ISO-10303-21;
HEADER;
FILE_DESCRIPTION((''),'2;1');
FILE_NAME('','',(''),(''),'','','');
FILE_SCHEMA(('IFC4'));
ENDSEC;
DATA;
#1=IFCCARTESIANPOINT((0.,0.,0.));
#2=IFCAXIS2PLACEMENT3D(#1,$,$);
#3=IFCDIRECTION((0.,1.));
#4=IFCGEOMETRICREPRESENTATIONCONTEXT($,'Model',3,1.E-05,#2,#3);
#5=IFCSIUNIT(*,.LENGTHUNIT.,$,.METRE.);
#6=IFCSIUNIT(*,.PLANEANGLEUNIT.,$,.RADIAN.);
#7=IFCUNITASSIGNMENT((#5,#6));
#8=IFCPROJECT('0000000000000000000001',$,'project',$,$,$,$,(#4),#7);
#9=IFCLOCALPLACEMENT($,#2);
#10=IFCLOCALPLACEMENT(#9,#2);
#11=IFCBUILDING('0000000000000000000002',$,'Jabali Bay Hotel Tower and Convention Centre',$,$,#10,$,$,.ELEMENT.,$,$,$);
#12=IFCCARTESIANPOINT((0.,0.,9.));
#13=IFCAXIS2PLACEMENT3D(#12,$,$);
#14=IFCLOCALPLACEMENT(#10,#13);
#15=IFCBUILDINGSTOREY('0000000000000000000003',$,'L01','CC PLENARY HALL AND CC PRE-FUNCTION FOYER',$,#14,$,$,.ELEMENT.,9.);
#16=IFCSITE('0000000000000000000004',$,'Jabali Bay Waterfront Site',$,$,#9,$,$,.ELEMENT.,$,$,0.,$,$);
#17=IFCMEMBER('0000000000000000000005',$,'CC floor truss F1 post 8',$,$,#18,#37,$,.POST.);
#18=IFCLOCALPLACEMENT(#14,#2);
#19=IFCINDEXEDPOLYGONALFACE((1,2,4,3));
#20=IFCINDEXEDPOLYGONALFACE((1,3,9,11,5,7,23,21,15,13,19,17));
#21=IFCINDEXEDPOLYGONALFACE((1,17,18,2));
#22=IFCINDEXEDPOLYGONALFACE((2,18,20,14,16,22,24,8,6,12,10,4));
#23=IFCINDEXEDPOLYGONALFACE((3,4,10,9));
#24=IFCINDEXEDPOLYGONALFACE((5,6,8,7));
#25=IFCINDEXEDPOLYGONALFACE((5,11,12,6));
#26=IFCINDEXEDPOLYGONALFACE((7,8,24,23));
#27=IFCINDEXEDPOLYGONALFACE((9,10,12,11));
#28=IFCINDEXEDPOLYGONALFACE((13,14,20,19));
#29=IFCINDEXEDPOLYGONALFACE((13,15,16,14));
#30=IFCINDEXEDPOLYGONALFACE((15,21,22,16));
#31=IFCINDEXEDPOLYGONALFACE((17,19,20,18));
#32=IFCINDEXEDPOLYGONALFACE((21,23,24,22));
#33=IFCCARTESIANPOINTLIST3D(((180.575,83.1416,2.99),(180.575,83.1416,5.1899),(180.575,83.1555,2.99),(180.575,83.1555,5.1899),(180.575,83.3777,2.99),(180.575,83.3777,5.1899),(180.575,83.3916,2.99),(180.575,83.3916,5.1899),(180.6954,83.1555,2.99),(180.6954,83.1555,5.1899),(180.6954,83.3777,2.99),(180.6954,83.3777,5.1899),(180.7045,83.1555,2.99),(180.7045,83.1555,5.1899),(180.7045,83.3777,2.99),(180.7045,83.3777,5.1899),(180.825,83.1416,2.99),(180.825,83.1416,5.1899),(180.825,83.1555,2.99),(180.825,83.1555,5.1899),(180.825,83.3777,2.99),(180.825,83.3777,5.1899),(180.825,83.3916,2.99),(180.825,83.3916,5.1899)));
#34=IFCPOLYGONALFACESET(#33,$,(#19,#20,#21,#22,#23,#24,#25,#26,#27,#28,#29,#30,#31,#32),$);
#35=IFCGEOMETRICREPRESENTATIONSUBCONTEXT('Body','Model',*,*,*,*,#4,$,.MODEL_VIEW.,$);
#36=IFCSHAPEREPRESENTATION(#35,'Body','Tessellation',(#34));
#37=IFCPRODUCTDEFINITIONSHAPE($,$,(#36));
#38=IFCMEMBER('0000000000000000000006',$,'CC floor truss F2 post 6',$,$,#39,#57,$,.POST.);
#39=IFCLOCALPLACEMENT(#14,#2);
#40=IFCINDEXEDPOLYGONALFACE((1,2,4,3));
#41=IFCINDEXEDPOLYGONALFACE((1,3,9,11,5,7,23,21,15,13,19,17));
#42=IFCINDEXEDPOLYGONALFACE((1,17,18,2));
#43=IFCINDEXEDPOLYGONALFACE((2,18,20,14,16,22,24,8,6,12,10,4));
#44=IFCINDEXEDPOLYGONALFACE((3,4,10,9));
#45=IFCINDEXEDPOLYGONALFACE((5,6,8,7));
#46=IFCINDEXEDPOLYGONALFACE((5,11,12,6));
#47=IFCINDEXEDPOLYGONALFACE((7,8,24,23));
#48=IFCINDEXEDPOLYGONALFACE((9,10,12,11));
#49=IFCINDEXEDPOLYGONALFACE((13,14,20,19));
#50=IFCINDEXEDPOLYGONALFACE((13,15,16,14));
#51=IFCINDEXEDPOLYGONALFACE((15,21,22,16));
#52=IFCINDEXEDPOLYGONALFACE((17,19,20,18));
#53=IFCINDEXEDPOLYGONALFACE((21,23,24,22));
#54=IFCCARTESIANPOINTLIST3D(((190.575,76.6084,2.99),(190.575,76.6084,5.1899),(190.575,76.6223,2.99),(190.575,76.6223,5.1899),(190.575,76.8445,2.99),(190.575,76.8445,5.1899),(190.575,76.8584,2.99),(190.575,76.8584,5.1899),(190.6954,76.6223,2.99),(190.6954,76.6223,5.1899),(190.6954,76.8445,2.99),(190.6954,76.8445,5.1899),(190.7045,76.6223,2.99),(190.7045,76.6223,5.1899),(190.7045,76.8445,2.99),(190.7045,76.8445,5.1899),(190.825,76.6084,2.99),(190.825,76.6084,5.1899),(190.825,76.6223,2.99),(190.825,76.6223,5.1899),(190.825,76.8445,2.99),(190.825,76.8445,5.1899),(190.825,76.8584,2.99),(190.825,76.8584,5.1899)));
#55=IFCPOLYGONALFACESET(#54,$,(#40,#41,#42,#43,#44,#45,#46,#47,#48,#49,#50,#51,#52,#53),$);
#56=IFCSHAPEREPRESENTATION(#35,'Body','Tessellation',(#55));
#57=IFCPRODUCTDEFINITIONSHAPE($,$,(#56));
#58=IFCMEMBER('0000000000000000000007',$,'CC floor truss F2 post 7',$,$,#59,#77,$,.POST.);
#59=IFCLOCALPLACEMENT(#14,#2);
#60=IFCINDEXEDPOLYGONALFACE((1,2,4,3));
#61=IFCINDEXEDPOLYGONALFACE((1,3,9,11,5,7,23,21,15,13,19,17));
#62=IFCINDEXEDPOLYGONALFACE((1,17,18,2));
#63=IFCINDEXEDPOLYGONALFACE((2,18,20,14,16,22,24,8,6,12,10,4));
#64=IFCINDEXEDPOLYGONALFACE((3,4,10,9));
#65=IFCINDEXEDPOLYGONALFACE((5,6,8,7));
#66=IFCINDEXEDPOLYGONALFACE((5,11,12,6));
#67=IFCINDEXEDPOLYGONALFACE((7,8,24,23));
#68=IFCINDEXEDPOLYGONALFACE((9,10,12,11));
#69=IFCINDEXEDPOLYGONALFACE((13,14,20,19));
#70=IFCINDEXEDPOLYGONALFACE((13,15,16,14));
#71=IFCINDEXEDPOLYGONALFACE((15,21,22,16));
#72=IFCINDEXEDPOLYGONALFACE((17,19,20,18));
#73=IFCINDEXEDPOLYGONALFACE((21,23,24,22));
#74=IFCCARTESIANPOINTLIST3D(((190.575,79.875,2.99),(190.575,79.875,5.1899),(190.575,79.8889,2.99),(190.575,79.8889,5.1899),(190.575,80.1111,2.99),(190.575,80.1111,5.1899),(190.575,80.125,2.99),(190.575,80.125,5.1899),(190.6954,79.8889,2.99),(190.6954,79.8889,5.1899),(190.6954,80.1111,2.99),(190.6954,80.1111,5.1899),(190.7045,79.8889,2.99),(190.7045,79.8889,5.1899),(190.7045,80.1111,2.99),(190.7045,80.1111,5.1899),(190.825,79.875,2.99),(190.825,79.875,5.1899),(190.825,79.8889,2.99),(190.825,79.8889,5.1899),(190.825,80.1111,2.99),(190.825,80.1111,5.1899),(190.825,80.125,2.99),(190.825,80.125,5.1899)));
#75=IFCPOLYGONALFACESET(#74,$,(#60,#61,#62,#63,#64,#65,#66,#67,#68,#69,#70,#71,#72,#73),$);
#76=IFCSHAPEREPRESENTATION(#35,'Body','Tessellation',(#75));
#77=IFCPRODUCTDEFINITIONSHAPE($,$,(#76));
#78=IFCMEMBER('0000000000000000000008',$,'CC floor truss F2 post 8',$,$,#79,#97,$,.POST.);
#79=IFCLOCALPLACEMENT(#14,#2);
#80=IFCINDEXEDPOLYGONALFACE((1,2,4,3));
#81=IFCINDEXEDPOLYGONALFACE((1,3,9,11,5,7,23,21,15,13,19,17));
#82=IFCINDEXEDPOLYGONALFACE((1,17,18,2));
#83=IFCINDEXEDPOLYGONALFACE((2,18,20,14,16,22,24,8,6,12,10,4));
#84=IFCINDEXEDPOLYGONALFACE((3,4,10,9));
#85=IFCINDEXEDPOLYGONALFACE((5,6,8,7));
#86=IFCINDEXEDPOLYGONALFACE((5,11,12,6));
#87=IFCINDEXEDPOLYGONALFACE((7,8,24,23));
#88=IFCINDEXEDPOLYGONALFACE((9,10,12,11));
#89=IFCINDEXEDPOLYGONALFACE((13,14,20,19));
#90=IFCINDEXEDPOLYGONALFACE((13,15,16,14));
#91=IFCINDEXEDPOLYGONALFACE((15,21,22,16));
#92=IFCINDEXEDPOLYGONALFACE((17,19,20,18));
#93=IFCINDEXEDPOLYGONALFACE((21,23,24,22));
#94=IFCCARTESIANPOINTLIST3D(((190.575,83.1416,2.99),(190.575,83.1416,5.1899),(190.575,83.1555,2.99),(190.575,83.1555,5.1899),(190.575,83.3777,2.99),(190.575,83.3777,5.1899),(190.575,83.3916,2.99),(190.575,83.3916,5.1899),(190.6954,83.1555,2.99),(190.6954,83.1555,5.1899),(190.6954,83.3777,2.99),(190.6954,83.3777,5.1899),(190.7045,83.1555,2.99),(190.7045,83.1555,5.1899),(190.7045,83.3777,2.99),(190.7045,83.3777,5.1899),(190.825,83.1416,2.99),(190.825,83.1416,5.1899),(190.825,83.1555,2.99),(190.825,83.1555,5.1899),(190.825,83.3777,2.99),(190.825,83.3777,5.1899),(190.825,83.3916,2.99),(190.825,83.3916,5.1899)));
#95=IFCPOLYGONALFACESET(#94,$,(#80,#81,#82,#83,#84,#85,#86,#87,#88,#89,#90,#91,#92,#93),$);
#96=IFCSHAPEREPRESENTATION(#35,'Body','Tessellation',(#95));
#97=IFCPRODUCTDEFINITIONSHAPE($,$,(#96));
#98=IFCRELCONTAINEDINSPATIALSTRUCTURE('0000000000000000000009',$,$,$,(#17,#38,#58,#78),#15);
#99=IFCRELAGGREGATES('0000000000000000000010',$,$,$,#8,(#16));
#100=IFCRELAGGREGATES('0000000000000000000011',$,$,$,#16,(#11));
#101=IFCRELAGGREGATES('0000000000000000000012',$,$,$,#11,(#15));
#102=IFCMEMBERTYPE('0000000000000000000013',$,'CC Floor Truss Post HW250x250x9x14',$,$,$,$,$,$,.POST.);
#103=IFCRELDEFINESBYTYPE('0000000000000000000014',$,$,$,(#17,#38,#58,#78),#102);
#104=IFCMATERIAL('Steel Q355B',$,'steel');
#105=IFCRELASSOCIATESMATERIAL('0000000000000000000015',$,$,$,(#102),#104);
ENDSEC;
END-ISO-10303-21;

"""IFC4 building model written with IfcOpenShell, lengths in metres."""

from ifc_helpers import new_model, si_unit, direction, frame, origin, origin_2d, place, context, subcontext, project, spatial, i_section, extrude, material, material_profile, profile_set, type_object, element, save


model = new_model("IFC4")

# Units and contexts
model_context = context("Model", 3, precision=1e-05, world=origin(), true_north=direction((0.0, 1.0)))
body_context = subcontext(model_context, "Body", "Model", "MODEL_VIEW")
ifc_project = project(units=[si_unit("LENGTHUNIT", "METRE"), si_unit("PLANEANGLEUNIT", "RADIAN")], contexts=[model_context])

# Site, building, storey
site_placement = place(None, origin())
site = spatial("IfcSite", under=ifc_project, at=site_placement, Name="Jabali Bay Waterfront Site", CompositionType="ELEMENT", RefElevation=0.0)
building_placement = place(site_placement, origin())
building = spatial("IfcBuilding", under=site, at=building_placement, Name="Jabali Bay Hotel Tower and Convention Centre", CompositionType="ELEMENT")
storey_placement = place(building_placement, frame((0.0, 0.0, 9.0)))
storey = spatial("IfcBuildingStorey", under=building, at=storey_placement, Name="L01", Description="CC PLENARY HALL AND CC PRE-FUNCTION FOYER", CompositionType="ELEMENT", Elevation=9.0)

# Members
ifc_material = material(Name="Steel Q355B", Category="steel")
ifc_material_profile_1 = material_profile(ifc_material, i_section(OverallWidth=0.25, OverallDepth=0.25, WebThickness=0.009, FlangeThickness=0.0139, at=origin_2d()), Name="HW250x250x9x14")
ifc_profile_set_1 = profile_set([ifc_material_profile_1], Name="Steel Q355B")
member_type_1 = type_object("IfcMemberType", Name="CC Floor Truss Post HW250x250x9x14", PredefinedType="POST", material=ifc_profile_set_1)
for number, where, z_axis, x_axis, name in (
    (1, (180.7, 83.2666, 2.99), (0.0, 0.0, 1.0), (1.0, 0.0, 0.0), "CC floor truss F1 post 8"),
    (2, (190.7, 76.7334, 2.99), (0.0, 0.0, 1.0), (1.0, 0.0, 0.0), "CC floor truss F2 post 6"),
    (3, (190.7, 80.0, 2.99), (0.0, 0.0, 1.0), (1.0, 0.0, 0.0), "CC floor truss F2 post 7"),
    (4, (190.7, 83.2666, 2.99), (0.0, 0.0, 1.0), (1.0, 0.0, 0.0), "CC floor truss F2 post 8"),
):
    element("IfcMember", number, at=place(storey_placement, frame(where, z_axis=z_axis, x_axis=x_axis)), inside=storey, type_object=member_type_1, Name=name, PredefinedType="POST", context=body_context, shape_type="SweptSolid", body=[
        extrude(i_section(OverallWidth=0.25, OverallDepth=0.25, WebThickness=0.009, FlangeThickness=0.0139, at=origin_2d()), origin(), (0.0, 0.0, 1.0), 2.2),
    ])

save(model, "model.ifc")
